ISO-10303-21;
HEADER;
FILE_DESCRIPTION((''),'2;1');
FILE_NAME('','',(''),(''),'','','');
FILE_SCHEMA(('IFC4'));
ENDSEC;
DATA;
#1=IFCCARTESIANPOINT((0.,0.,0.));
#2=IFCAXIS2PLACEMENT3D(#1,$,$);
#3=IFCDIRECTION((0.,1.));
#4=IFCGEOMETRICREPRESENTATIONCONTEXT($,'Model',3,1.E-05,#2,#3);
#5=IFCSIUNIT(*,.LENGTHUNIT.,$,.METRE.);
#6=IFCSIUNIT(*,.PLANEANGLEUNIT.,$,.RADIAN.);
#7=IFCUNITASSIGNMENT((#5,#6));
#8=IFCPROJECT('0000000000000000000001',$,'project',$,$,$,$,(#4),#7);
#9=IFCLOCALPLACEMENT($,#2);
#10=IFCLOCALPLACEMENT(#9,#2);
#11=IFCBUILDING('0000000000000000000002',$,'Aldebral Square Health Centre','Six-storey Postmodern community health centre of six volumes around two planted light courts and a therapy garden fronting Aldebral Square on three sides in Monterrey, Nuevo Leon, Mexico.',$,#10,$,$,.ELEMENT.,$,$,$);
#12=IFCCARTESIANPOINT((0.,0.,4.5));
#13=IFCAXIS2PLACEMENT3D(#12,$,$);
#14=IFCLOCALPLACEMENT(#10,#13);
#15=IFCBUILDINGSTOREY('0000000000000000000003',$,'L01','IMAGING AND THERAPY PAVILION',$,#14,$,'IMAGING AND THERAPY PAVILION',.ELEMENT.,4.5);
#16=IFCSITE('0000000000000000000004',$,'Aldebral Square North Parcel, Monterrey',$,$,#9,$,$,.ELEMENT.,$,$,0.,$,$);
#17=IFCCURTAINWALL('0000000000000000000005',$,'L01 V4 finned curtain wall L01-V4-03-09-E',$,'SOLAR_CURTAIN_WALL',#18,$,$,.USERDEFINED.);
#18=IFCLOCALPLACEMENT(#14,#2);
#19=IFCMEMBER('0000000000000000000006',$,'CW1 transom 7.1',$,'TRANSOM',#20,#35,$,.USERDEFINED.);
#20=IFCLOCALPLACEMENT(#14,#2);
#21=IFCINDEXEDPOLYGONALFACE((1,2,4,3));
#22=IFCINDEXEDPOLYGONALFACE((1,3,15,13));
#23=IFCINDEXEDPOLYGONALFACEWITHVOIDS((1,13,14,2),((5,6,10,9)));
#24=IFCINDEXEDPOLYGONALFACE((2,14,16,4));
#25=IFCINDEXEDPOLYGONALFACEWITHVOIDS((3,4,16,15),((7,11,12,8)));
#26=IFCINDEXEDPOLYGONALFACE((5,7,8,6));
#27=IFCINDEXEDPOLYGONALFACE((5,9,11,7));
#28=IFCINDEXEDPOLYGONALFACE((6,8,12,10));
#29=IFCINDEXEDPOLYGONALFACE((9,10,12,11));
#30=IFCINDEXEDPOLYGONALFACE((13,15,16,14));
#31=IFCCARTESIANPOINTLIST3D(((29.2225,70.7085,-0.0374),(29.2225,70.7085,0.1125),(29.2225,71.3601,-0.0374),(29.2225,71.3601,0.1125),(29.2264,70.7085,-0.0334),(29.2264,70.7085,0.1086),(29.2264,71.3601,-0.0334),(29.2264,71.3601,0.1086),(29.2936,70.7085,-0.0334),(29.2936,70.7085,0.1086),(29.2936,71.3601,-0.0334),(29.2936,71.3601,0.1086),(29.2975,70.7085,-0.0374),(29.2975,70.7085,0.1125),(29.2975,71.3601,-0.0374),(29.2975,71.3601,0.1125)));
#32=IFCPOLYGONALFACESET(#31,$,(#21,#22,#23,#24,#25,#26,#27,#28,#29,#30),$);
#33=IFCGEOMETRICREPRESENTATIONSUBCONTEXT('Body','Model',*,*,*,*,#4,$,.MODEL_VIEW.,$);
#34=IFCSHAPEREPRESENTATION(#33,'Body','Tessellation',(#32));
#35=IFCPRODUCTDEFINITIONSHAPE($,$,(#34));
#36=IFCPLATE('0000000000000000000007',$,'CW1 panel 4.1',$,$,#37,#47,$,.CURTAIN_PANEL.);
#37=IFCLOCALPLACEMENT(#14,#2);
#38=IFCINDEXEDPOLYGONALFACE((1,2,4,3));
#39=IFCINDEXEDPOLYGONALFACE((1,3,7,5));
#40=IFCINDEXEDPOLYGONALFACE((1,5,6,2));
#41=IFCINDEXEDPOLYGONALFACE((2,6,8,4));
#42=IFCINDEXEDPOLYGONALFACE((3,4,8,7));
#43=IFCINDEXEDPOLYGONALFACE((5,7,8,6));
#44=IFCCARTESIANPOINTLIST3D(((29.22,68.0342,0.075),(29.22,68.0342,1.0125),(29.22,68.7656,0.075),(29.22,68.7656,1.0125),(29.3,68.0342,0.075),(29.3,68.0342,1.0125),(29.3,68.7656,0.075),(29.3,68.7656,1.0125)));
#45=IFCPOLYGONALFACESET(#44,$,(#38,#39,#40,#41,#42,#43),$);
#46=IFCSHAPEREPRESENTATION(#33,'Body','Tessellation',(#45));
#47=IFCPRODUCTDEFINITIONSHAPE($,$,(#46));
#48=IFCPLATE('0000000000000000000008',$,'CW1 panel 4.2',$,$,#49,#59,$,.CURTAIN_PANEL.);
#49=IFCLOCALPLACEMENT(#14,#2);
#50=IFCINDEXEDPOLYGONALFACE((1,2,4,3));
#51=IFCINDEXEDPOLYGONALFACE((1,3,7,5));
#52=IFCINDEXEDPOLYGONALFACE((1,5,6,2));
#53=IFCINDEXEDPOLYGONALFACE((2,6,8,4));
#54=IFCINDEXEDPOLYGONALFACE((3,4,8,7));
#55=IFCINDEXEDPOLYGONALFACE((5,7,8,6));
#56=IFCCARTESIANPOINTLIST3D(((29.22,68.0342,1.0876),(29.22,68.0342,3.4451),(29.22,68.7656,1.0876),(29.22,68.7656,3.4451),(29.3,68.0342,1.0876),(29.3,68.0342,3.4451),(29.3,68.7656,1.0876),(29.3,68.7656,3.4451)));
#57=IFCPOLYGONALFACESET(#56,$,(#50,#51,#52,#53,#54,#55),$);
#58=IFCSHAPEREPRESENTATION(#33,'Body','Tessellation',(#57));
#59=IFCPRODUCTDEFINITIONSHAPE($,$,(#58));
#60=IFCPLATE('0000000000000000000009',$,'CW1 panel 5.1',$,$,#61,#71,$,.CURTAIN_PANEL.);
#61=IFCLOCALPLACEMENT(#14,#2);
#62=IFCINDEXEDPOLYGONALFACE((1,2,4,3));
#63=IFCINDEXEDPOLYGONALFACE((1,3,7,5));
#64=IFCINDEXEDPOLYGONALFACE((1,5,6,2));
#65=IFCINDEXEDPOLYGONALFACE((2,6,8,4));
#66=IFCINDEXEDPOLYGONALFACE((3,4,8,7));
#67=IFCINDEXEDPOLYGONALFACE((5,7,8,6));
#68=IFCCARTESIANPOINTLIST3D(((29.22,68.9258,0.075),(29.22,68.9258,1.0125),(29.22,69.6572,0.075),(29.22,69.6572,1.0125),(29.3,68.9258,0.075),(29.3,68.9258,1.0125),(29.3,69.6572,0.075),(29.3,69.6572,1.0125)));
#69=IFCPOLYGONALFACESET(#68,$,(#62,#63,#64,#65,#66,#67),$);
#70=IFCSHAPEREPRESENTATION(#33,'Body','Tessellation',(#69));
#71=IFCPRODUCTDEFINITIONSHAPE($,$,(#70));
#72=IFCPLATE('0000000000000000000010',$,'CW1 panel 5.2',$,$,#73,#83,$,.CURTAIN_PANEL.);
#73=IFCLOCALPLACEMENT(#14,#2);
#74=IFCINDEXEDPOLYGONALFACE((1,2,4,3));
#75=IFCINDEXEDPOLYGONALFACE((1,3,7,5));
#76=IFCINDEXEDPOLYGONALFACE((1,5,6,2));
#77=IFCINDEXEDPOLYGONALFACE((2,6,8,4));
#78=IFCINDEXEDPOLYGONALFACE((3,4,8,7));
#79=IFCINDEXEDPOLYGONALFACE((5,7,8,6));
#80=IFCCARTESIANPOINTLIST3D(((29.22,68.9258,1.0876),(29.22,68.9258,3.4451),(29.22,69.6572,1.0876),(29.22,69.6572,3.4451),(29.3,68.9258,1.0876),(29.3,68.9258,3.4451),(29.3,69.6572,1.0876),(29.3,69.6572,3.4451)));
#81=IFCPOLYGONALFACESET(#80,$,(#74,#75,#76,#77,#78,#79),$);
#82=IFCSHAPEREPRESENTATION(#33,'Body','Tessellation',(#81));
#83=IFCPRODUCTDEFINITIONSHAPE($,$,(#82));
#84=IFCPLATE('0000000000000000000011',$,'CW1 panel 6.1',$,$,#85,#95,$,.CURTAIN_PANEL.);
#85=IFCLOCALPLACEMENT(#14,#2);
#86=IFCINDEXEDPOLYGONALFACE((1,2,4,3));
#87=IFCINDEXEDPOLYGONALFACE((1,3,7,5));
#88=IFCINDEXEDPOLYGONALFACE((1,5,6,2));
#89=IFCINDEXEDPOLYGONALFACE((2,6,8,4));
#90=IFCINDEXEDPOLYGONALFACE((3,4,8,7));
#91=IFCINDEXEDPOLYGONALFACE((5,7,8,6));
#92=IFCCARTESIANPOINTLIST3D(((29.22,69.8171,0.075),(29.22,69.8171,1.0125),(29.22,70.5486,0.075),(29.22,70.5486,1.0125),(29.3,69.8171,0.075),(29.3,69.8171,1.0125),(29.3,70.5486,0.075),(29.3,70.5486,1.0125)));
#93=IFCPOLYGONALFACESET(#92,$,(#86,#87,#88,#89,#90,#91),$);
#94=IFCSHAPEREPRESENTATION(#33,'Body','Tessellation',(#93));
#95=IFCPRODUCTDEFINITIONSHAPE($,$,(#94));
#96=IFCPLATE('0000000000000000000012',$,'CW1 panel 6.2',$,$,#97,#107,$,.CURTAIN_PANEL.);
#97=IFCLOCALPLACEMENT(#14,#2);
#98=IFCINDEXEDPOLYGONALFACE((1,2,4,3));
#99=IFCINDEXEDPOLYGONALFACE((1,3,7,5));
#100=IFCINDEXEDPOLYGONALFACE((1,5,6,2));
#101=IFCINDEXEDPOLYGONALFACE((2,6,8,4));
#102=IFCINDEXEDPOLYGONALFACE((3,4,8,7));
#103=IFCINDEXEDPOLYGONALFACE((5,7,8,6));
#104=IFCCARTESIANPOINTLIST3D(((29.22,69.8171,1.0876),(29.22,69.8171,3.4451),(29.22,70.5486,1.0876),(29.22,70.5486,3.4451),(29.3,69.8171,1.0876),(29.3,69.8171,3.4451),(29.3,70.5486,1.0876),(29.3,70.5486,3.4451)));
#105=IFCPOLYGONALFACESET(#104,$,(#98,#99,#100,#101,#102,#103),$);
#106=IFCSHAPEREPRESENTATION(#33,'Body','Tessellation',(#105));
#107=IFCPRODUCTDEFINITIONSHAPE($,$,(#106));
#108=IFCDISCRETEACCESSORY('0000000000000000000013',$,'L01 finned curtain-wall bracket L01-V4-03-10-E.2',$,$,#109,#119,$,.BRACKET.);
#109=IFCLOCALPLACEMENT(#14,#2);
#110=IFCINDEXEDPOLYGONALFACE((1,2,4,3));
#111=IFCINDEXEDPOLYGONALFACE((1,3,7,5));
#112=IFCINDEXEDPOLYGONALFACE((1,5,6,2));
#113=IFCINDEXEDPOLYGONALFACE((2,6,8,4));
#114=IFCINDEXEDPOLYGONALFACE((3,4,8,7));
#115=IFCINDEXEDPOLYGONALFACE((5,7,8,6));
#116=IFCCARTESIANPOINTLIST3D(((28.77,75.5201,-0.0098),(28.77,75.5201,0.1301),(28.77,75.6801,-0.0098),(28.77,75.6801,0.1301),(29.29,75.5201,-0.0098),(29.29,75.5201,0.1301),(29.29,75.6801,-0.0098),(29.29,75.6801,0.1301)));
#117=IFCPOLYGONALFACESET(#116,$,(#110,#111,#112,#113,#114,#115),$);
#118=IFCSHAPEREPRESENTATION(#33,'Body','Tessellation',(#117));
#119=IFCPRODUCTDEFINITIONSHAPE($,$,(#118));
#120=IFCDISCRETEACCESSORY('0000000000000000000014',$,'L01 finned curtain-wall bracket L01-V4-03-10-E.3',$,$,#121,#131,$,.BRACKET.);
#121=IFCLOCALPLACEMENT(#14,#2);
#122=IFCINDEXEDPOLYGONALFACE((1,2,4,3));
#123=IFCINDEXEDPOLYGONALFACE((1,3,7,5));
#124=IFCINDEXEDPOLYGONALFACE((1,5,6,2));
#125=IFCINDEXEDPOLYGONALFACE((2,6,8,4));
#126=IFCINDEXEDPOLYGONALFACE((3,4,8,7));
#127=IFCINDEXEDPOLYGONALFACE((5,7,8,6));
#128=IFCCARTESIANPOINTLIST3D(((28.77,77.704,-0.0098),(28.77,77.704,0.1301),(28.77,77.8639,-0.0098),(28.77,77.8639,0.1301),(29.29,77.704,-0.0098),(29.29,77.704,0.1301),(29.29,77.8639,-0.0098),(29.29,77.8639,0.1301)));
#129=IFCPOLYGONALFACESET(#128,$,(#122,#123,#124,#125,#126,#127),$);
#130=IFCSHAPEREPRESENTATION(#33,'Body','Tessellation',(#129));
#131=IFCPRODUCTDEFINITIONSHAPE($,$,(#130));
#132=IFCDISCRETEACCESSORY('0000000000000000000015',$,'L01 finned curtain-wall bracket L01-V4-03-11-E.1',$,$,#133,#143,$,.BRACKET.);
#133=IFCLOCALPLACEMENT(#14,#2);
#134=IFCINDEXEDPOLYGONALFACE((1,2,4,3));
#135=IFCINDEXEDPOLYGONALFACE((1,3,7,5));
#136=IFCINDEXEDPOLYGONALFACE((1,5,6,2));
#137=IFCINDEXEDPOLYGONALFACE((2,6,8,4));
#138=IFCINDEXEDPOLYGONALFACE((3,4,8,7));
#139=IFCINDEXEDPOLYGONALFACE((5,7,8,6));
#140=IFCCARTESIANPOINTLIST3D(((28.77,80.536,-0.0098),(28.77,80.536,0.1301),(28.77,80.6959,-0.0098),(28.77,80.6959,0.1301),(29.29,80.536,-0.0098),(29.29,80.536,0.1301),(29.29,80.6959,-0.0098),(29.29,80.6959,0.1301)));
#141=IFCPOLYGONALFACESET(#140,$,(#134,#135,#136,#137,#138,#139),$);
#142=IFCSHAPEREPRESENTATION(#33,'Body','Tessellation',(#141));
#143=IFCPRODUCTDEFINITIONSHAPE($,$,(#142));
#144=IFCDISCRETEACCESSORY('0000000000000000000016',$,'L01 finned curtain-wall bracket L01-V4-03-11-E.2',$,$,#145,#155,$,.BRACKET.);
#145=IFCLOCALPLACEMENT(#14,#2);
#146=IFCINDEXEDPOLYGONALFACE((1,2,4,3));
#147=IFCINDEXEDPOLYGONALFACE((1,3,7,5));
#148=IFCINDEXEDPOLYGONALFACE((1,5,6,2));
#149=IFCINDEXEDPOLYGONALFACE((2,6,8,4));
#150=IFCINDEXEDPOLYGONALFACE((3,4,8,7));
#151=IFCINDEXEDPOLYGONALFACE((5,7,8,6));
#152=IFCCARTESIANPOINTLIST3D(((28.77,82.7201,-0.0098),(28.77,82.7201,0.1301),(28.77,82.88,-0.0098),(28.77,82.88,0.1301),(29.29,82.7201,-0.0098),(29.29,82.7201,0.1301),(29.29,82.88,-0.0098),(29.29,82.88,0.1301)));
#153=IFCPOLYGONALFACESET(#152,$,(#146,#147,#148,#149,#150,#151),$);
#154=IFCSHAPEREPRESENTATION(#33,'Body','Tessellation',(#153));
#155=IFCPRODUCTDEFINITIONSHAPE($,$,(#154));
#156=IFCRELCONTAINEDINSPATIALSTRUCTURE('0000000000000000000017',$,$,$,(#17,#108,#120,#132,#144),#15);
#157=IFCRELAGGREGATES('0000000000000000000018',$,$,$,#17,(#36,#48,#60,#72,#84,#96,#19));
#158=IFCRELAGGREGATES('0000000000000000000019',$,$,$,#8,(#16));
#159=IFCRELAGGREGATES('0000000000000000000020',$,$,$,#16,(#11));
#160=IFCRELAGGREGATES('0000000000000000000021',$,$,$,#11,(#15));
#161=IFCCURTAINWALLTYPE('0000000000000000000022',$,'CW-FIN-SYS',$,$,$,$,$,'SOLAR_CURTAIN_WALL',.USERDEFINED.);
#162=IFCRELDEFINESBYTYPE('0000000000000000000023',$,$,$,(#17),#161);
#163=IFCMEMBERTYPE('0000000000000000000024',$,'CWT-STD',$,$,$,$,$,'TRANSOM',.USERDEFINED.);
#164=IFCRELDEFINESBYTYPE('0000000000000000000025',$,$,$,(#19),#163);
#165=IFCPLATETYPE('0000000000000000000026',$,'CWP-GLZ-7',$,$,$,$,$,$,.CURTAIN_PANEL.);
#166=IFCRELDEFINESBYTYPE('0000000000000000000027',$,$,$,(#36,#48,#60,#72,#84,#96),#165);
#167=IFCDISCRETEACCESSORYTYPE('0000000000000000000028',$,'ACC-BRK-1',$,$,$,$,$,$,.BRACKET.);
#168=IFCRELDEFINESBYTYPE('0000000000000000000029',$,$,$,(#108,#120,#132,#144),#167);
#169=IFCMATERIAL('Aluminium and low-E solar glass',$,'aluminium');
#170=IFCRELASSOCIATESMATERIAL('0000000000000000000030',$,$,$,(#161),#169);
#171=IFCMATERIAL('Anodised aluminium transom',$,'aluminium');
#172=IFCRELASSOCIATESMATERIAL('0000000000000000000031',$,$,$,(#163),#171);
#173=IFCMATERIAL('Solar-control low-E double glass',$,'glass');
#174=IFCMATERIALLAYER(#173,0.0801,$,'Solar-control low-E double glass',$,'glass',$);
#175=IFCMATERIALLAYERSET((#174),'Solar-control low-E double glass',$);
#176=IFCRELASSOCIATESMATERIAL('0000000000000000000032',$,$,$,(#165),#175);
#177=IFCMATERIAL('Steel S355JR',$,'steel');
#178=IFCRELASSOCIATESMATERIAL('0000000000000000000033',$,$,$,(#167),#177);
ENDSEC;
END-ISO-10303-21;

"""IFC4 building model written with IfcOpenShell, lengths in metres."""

from ifc_helpers import new_model, si_unit, direction, frame, origin, origin_2d, place, context, subcontext, project, spatial, rectangle, hollow_rectangle, extrude, material, layer, layer_set, material_profile, profile_set, type_object, element, aggregate, save


model = new_model("IFC4")

# Units and contexts
model_context = context("Model", 3, precision=1e-05, world=origin(), true_north=direction((0.0, 1.0)))
body_context = subcontext(model_context, "Body", "Model", "MODEL_VIEW")
ifc_project = project(units=[si_unit("LENGTHUNIT", "METRE"), si_unit("PLANEANGLEUNIT", "RADIAN")], contexts=[model_context])

# Site, building, storey
site_placement = place(None, origin())
site = spatial("IfcSite", under=ifc_project, at=site_placement, Name="Aldebral Square North Parcel, Monterrey", CompositionType="ELEMENT", RefElevation=0.0)
building_placement = place(site_placement, origin())
building = spatial("IfcBuilding", under=site, at=building_placement, Name="Aldebral Square Health Centre", Description="Six-storey Postmodern community health centre of six volumes around two planted light courts and a therapy garden fronting Aldebral Square on three sides in Monterrey, Nuevo Leon, Mexico.", CompositionType="ELEMENT")
storey_placement = place(building_placement, frame((0.0, 0.0, 4.5)))
storey = spatial("IfcBuildingStorey", under=building, at=storey_placement, Name="L01", Description="IMAGING AND THERAPY PAVILION", LongName="IMAGING AND THERAPY PAVILION", CompositionType="ELEMENT", Elevation=4.5)

# Curtain wall, member, plates
ifc_material_1 = material(Name="Aluminium and low-E solar glass", Category="aluminium")
curtain_wall_type = type_object("IfcCurtainWallType", Name="CW-FIN-SYS", ElementType="SOLAR_CURTAIN_WALL", PredefinedType="USERDEFINED", material=ifc_material_1)
curtain_wall_placement = place(storey_placement, origin())
curtain_wall = element("IfcCurtainWall", 1, at=curtain_wall_placement, inside=storey, type_object=curtain_wall_type, Name="L01 V4 finned curtain wall L01-V4-03-09-E", ObjectType="SOLAR_CURTAIN_WALL", PredefinedType="USERDEFINED")
ifc_material_2 = material(Name="Anodised aluminium transom", Category="aluminium")
ifc_material_profile_1 = material_profile(ifc_material_2, hollow_rectangle(XDim=0.075, YDim=0.1499, WallThickness=0.0039, at=origin_2d()), Name="CWT 75x150x4")
ifc_profile_set_1 = profile_set([ifc_material_profile_1], Name="Anodised aluminium transom")
member_type_1 = type_object("IfcMemberType", Name="CWT-STD", ElementType="TRANSOM", PredefinedType="USERDEFINED", material=ifc_profile_set_1)
member_1_placement = place(storey_placement, frame((29.26, 70.7085, 0.0376), z_axis=(0.0, 1.0, 0.0), x_axis=(-1.0, 0.0, 0.0)))
member_1 = element("IfcMember", 2, at=member_1_placement, type_object=member_type_1, Name="CW1 transom 7.1", ObjectType="TRANSOM", PredefinedType="USERDEFINED", context=body_context, shape_type="SweptSolid", body=[
    extrude(hollow_rectangle(XDim=0.075, YDim=0.1499, WallThickness=0.0039, at=origin_2d()), origin(), (0.0, 0.0, 1.0), 0.6516),
])
ifc_material_3 = material(Name="Solar-control low-E double glass", Category="glass")
ifc_layer = layer(ifc_material_3, 0.0801, Name="Solar-control low-E double glass", Category="glass")
ifc_layer_set = layer_set([ifc_layer], Name="Solar-control low-E double glass")
plate_type = type_object("IfcPlateType", Name="CWP-GLZ-7", PredefinedType="CURTAIN_PANEL", material=ifc_layer_set)
plate_1_placement = place(storey_placement, frame((29.26, 68.3999, 0.075), z_axis=(0.0, 0.0, 1.0), x_axis=(0.0, 1.0, 0.0)))
plate_1 = element("IfcPlate", 3, at=plate_1_placement, type_object=plate_type, Name="CW1 panel 4.1", PredefinedType="CURTAIN_PANEL", context=body_context, shape_type="SweptSolid", body=[
    extrude(rectangle(XDim=0.7314, YDim=0.0801, at=origin_2d()), origin(), (0.0, 0.0, 1.0), 0.9375),
])
plate_2_placement = place(storey_placement, frame((29.26, 68.3999, 1.0876), z_axis=(0.0, 0.0, 1.0), x_axis=(0.0, 1.0, 0.0)))
plate_2 = element("IfcPlate", 4, at=plate_2_placement, type_object=plate_type, Name="CW1 panel 4.2", PredefinedType="CURTAIN_PANEL", context=body_context, shape_type="SweptSolid", body=[
    extrude(rectangle(XDim=0.7314, YDim=0.0801, at=origin_2d()), origin(), (0.0, 0.0, 1.0), 2.3574),
])
plate_3_placement = place(storey_placement, frame((29.26, 69.2915, 0.075), z_axis=(0.0, 0.0, 1.0), x_axis=(0.0, 1.0, 0.0)))
plate_3 = element("IfcPlate", 5, at=plate_3_placement, type_object=plate_type, Name="CW1 panel 5.1", PredefinedType="CURTAIN_PANEL", context=body_context, shape_type="SweptSolid", body=[
    extrude(rectangle(XDim=0.7314, YDim=0.0801, at=origin_2d()), origin(), (0.0, 0.0, 1.0), 0.9375),
])
plate_4_placement = place(storey_placement, frame((29.26, 69.2915, 1.0876), z_axis=(0.0, 0.0, 1.0), x_axis=(0.0, 1.0, 0.0)))
plate_4 = element("IfcPlate", 6, at=plate_4_placement, type_object=plate_type, Name="CW1 panel 5.2", PredefinedType="CURTAIN_PANEL", context=body_context, shape_type="SweptSolid", body=[
    extrude(rectangle(XDim=0.7314, YDim=0.0801, at=origin_2d()), origin(), (0.0, 0.0, 1.0), 2.3574),
])
plate_5_placement = place(storey_placement, frame((29.26, 70.1829, 0.075), z_axis=(0.0, 0.0, 1.0), x_axis=(0.0, 1.0, 0.0)))
plate_5 = element("IfcPlate", 7, at=plate_5_placement, type_object=plate_type, Name="CW1 panel 6.1", PredefinedType="CURTAIN_PANEL", context=body_context, shape_type="SweptSolid", body=[
    extrude(rectangle(XDim=0.7314, YDim=0.0801, at=origin_2d()), origin(), (0.0, 0.0, 1.0), 0.9375),
])
plate_6_placement = place(storey_placement, frame((29.26, 70.1829, 1.0876), z_axis=(0.0, 0.0, 1.0), x_axis=(0.0, 1.0, 0.0)))
plate_6 = element("IfcPlate", 8, at=plate_6_placement, type_object=plate_type, Name="CW1 panel 6.2", PredefinedType="CURTAIN_PANEL", context=body_context, shape_type="SweptSolid", body=[
    extrude(rectangle(XDim=0.7314, YDim=0.0801, at=origin_2d()), origin(), (0.0, 0.0, 1.0), 2.3574),
])
aggregate(curtain_wall, [plate_1, plate_2, plate_3, plate_4, plate_5, plate_6, member_1])

# Discrete accessories
ifc_material_4 = material(Name="Steel S355JR", Category="steel")
discrete_accessory_type = type_object("IfcDiscreteAccessoryType", Name="ACC-BRK-1", PredefinedType="BRACKET", material=ifc_material_4)
for number, where, z_axis, x_axis, name in (
    (9, (29.03, 75.6001, -0.0098), (0.0, 0.0, 1.0), (0.0, 1.0, 0.0), "L01 finned curtain-wall bracket L01-V4-03-10-E.2"),
    (10, (29.03, 77.7839, -0.0098), (0.0, 0.0, 1.0), (0.0, 1.0, 0.0), "L01 finned curtain-wall bracket L01-V4-03-10-E.3"),
    (11, (29.03, 80.616, -0.0098), (0.0, 0.0, 1.0), (0.0, 1.0, 0.0), "L01 finned curtain-wall bracket L01-V4-03-11-E.1"),
    (12, (29.03, 82.8, -0.0098), (0.0, 0.0, 1.0), (0.0, 1.0, 0.0), "L01 finned curtain-wall bracket L01-V4-03-11-E.2"),
):
    element("IfcDiscreteAccessory", number, at=place(storey_placement, frame(where, z_axis=z_axis, x_axis=x_axis)), inside=storey, type_object=discrete_accessory_type, Name=name, PredefinedType="BRACKET", context=body_context, shape_type="SweptSolid", body=[
        extrude(rectangle(XDim=0.1599, YDim=0.52, at=origin_2d()), origin(), (0.0, 0.0, 1.0), 0.1399),
    ])

save(model, "model.ifc")
